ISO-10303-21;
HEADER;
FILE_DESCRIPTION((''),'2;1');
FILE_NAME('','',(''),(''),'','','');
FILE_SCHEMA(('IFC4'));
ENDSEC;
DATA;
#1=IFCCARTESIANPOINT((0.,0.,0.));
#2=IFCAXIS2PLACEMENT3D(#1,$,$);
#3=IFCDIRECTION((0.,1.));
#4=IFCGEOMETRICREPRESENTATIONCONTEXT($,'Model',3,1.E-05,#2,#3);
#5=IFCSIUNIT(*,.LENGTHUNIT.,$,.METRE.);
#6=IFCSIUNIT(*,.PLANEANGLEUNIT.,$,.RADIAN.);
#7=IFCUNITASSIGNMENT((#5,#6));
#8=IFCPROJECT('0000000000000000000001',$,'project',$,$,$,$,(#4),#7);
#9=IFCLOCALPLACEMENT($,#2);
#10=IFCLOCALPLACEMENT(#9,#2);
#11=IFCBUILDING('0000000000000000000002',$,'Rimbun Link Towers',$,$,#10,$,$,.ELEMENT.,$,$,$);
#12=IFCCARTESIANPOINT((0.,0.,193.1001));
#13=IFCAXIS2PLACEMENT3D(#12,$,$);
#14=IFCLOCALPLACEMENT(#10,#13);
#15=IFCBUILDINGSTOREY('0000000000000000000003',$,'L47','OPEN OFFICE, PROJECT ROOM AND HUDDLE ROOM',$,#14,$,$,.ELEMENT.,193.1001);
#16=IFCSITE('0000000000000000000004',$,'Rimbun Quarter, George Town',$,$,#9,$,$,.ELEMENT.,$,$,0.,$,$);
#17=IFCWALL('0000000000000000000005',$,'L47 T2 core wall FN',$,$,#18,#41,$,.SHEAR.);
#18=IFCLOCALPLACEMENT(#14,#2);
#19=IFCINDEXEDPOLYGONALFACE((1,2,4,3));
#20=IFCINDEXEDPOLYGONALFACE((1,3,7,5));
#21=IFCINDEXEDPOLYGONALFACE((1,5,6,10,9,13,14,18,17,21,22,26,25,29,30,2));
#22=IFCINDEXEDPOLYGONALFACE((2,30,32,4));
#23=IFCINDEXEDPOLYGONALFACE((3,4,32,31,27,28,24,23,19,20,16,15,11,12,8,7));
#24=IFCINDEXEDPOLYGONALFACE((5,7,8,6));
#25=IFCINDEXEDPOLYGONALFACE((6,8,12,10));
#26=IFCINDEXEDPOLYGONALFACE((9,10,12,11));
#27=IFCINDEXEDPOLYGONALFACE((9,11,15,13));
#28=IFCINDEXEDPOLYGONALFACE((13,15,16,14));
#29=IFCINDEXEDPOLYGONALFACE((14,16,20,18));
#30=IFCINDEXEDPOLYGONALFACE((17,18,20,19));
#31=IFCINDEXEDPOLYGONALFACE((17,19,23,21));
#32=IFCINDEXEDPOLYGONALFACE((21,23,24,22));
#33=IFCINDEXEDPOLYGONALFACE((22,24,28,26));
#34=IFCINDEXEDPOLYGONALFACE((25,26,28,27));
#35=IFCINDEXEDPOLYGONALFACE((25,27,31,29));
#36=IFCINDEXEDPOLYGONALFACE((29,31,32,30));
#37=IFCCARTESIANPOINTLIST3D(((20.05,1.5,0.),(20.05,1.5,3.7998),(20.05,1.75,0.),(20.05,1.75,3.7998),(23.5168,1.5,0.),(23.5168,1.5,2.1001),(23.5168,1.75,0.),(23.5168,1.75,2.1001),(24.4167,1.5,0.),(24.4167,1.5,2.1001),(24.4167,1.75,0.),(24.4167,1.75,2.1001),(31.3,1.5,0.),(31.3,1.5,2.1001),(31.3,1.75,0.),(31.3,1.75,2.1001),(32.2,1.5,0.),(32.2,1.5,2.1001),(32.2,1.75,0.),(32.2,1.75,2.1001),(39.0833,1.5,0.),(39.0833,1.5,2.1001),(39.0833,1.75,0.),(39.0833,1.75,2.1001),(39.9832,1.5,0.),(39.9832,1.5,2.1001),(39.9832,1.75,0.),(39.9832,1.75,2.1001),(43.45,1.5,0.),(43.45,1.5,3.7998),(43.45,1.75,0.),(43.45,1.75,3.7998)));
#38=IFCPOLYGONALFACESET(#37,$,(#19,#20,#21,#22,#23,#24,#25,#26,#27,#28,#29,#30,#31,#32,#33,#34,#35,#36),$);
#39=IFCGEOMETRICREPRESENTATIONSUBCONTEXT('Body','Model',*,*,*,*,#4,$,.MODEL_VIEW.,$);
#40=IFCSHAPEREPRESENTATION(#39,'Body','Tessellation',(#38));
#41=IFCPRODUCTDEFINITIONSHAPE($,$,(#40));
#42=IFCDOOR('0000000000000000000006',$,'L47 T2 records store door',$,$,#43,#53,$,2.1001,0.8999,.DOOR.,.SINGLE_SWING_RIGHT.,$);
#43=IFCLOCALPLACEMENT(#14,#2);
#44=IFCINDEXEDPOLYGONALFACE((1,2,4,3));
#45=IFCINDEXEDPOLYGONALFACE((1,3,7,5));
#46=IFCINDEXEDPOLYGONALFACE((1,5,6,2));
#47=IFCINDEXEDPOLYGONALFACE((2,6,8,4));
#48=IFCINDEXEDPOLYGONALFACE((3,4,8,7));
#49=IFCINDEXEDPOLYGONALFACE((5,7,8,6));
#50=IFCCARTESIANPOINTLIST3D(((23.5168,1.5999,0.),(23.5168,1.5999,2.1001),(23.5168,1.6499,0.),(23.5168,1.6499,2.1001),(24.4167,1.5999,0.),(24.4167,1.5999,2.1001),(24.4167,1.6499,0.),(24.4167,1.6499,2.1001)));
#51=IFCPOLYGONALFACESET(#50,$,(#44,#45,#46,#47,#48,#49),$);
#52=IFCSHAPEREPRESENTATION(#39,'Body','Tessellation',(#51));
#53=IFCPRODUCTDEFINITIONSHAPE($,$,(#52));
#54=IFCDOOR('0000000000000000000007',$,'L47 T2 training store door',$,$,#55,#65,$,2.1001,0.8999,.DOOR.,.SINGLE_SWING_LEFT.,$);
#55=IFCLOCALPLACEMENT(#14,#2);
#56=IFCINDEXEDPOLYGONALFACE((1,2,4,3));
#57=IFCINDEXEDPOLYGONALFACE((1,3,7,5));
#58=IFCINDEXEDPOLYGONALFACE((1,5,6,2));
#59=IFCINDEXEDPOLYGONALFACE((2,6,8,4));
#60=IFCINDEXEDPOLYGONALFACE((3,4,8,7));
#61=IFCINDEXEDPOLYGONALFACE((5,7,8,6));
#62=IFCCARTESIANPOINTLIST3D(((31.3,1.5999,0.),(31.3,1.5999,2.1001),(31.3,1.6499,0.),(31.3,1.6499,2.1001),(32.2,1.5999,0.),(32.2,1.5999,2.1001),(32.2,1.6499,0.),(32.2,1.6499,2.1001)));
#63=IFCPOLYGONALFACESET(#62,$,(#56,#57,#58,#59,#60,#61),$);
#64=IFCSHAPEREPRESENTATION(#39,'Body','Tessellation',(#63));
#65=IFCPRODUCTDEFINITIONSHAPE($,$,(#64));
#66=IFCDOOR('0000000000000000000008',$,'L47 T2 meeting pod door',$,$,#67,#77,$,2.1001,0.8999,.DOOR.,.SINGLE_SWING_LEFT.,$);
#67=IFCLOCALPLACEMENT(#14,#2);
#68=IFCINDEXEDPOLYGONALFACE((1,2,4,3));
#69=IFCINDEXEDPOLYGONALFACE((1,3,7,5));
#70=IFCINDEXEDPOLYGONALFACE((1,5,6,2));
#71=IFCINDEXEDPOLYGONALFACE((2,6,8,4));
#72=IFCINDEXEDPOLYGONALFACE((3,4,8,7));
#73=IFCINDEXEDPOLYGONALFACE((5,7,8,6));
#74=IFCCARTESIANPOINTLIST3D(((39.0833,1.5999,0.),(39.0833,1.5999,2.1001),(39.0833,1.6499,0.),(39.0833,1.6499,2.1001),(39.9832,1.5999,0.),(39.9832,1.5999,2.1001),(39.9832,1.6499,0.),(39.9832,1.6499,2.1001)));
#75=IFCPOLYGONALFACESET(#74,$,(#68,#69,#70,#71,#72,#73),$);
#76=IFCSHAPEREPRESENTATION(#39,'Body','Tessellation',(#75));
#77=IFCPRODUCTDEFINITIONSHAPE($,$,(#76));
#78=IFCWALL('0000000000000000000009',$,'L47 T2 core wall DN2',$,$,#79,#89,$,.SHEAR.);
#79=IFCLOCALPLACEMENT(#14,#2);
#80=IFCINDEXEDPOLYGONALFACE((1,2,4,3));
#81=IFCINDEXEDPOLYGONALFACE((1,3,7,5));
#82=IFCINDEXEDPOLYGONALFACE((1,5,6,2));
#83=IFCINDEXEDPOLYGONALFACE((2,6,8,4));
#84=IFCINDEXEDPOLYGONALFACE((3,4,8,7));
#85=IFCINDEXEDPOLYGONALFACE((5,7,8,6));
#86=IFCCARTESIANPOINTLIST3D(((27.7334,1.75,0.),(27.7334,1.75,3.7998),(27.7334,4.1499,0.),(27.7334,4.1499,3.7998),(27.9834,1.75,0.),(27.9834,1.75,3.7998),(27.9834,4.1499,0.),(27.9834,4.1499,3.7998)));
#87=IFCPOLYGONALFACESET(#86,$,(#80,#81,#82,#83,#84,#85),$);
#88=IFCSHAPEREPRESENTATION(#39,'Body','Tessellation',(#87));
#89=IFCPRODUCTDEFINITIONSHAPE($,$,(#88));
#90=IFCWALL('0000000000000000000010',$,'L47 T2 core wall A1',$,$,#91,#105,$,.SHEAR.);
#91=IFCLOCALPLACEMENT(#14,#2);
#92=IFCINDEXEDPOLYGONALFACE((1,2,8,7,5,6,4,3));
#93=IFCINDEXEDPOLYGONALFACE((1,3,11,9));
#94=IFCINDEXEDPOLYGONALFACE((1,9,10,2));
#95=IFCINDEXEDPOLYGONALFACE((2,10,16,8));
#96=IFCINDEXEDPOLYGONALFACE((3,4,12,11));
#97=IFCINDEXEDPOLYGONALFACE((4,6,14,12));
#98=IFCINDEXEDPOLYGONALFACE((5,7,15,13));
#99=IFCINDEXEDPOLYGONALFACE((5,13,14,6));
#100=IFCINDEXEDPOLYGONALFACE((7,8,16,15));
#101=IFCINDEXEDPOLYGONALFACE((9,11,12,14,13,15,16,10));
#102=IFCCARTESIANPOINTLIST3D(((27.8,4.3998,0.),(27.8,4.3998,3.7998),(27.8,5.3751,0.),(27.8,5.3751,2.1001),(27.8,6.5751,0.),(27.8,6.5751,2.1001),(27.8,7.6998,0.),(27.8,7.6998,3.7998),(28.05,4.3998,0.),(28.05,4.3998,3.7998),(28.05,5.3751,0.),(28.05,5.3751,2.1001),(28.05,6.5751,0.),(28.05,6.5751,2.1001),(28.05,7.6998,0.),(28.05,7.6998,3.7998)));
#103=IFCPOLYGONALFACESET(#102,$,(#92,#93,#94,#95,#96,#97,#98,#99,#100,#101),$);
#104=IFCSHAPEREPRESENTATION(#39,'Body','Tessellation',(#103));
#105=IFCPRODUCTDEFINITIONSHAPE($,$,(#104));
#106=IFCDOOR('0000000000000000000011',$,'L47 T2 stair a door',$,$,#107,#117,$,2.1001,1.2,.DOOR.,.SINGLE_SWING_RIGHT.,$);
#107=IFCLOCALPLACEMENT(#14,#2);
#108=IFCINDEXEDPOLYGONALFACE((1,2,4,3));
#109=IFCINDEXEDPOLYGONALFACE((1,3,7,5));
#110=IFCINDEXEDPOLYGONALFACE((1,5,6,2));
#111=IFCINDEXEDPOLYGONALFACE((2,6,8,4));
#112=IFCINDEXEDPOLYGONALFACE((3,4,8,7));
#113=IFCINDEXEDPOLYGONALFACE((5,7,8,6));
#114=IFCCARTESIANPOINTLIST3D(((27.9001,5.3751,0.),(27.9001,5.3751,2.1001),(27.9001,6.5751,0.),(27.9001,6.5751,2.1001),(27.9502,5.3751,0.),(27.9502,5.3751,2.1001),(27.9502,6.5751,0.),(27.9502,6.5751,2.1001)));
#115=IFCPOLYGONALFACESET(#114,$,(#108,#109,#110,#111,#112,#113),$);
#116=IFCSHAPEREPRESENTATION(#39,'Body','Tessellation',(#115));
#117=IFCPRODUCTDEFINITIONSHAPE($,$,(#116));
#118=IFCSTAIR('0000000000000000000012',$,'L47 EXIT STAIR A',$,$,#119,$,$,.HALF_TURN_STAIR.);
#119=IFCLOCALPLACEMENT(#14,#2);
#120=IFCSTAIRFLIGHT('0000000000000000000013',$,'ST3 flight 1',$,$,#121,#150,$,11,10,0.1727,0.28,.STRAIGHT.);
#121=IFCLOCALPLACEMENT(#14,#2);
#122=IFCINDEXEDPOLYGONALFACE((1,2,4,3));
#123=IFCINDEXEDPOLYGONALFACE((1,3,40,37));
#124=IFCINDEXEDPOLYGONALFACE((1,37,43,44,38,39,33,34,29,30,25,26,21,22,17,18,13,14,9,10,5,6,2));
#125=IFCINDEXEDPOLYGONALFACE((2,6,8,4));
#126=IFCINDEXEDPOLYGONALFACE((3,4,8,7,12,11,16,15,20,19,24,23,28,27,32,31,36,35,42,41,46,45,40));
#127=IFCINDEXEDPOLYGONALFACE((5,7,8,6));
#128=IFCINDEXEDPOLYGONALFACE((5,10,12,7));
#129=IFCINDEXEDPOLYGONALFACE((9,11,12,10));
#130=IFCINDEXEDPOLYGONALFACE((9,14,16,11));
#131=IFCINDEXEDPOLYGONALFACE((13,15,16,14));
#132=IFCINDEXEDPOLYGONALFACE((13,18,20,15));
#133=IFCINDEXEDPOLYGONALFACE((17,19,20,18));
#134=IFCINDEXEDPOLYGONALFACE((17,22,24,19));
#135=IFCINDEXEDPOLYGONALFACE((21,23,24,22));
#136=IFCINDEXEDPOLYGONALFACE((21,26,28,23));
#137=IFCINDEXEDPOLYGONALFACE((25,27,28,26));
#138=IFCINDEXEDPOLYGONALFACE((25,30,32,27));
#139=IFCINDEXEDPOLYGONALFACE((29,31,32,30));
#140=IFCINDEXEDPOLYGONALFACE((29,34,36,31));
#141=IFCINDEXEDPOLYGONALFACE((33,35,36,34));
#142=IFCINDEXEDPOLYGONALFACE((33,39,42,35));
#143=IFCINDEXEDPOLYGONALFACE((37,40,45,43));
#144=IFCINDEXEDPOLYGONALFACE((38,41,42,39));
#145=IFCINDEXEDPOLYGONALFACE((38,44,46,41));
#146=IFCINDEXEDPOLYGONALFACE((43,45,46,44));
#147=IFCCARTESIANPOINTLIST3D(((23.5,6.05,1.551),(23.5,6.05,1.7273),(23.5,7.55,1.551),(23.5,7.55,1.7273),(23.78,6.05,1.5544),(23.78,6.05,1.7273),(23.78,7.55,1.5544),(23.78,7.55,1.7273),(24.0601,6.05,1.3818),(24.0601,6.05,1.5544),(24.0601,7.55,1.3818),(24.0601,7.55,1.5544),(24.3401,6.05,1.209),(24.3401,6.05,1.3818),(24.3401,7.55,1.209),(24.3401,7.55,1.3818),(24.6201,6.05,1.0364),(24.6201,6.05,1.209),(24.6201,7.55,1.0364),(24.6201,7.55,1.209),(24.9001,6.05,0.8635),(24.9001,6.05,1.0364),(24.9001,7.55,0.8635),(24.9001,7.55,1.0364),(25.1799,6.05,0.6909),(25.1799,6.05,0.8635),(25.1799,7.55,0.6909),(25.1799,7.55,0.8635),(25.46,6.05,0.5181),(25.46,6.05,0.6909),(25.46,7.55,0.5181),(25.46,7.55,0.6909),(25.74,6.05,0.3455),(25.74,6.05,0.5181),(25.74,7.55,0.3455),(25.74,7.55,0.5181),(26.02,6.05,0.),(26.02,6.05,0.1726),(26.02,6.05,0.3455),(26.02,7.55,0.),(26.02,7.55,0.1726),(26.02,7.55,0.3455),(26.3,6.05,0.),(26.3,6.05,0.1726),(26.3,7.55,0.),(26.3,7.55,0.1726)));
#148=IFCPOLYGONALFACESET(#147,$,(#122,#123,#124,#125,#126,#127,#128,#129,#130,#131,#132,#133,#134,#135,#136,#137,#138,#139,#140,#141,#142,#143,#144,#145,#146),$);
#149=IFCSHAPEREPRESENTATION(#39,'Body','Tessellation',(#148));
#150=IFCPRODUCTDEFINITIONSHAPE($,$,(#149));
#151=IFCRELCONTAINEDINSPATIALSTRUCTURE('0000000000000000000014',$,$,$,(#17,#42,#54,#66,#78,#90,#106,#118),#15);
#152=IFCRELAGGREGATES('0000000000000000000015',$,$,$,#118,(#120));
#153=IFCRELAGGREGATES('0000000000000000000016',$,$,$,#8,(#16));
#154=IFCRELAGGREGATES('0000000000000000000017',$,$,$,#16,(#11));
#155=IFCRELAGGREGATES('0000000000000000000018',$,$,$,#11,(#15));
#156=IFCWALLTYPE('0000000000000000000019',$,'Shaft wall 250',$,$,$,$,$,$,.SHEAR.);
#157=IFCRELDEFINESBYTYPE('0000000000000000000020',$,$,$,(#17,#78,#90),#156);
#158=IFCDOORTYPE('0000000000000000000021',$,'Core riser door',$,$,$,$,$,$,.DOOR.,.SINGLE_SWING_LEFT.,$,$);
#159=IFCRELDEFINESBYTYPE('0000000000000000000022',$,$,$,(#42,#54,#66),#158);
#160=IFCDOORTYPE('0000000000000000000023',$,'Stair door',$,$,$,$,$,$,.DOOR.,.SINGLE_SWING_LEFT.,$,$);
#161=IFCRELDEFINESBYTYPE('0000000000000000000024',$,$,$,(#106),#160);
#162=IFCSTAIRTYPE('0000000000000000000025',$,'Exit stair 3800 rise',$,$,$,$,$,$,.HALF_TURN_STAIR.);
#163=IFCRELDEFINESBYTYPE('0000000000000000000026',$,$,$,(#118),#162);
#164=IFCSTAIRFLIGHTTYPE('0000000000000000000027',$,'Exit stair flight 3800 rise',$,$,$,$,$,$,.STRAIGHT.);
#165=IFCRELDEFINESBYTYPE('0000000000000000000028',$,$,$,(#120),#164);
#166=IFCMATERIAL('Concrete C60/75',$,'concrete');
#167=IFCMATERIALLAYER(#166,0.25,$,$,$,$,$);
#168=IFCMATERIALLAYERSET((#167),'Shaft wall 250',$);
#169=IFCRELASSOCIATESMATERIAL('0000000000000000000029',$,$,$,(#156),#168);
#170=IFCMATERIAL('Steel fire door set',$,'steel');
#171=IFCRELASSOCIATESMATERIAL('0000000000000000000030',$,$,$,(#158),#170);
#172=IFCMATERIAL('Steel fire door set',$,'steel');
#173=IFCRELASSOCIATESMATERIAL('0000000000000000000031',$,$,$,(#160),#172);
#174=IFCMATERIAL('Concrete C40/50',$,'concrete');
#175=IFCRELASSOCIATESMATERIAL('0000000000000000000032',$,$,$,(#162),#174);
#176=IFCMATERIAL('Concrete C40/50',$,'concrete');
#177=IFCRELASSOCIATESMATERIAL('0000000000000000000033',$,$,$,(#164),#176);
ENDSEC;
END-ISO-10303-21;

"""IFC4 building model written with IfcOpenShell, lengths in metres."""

from ifc_helpers import new_model, si_unit, direction, frame, frame_2d, origin, place, context, subcontext, project, spatial, polyline, rectangle, outline, extrude, material, layer, layer_set, type_object, element, fill, aggregate, save


model = new_model("IFC4")

# Units and contexts
model_context = context("Model", 3, precision=1e-05, world=origin(), true_north=direction((0.0, 1.0)))
body_context = subcontext(model_context, "Body", "Model", "MODEL_VIEW")
ifc_project = project(units=[si_unit("LENGTHUNIT", "METRE"), si_unit("PLANEANGLEUNIT", "RADIAN")], contexts=[model_context])

# Site, building, storey
site_placement = place(None, origin())
site = spatial("IfcSite", under=ifc_project, at=site_placement, Name="Rimbun Quarter, George Town", CompositionType="ELEMENT", RefElevation=0.0)
building_placement = place(site_placement, origin())
building = spatial("IfcBuilding", under=site, at=building_placement, Name="Rimbun Link Towers", CompositionType="ELEMENT")
storey_placement = place(building_placement, frame((0.0, 0.0, 193.1001)))
storey = spatial("IfcBuildingStorey", under=building, at=storey_placement, Name="L47", Description="OPEN OFFICE, PROJECT ROOM AND HUDDLE ROOM", CompositionType="ELEMENT", Elevation=193.1001)

# Shared definitions
ifc_material_1 = material(Name="Concrete C60/75", Category="concrete")
ifc_layer = layer(ifc_material_1, 0.25)
ifc_layer_set = layer_set([ifc_layer], Name="Shaft wall 250")
wall_type = type_object("IfcWallType", Name="Shaft wall 250", PredefinedType="SHEAR", material=ifc_layer_set)

# Wall, openings, doors
wall_1_placement = place(storey_placement, frame((20.05, 1.625, 0.0), z_axis=(0.0, 0.0, 1.0), x_axis=(1.0, 0.0, 0.0)))
wall_1 = element("IfcWall", 1, at=wall_1_placement, inside=storey, type_object=wall_type, Name="L47 T2 core wall FN", PredefinedType="SHEAR", context=body_context, shape_type="SweptSolid", body=[
    extrude(rectangle(XDim=23.3999, YDim=0.25, at=frame_2d((11.7, 0.0))), origin(), (0.0, 0.0, 1.0), 3.7998),
])
opening_1_placement = place(wall_1_placement, frame((3.4668, 0.0, 0.0)))
opening_1 = element("IfcOpeningElement", 2, at=opening_1_placement, cuts=wall_1, PredefinedType="OPENING", context=body_context, shape_type="SweptSolid", body=[
    extrude(rectangle(XDim=0.8999, YDim=2.1001, at=frame_2d((0.45, 1.05))), frame((0.0, 0.135, 0.0), z_axis=(0.0, -1.0, 0.0), x_axis=(1.0, 0.0, 0.0)), (0.0, 0.0, 1.0), 0.27),
])
opening_2_placement = place(wall_1_placement, frame((11.25, 0.0, 0.0)))
opening_2 = element("IfcOpeningElement", 3, at=opening_2_placement, cuts=wall_1, PredefinedType="OPENING", context=body_context, shape_type="SweptSolid", body=[
    extrude(rectangle(XDim=0.8999, YDim=2.1001, at=frame_2d((0.45, 1.05))), frame((0.0, 0.135, 0.0), z_axis=(0.0, -1.0, 0.0), x_axis=(1.0, 0.0, 0.0)), (0.0, 0.0, 1.0), 0.27),
])
opening_3_placement = place(wall_1_placement, frame((19.0332, 0.0, 0.0)))
opening_3 = element("IfcOpeningElement", 4, at=opening_3_placement, cuts=wall_1, PredefinedType="OPENING", context=body_context, shape_type="SweptSolid", body=[
    extrude(rectangle(XDim=0.8999, YDim=2.1001, at=frame_2d((0.45, 1.05))), frame((0.0, 0.135, 0.0), z_axis=(0.0, -1.0, 0.0), x_axis=(1.0, 0.0, 0.0)), (0.0, 0.0, 1.0), 0.27),
])
ifc_material_2 = material(Name="Steel fire door set", Category="steel")
door_type_1 = type_object("IfcDoorType", Name="Core riser door", OperationType="SINGLE_SWING_LEFT", PredefinedType="DOOR", material=ifc_material_2)
door_1_placement = place(opening_1_placement, origin())
door_1 = element("IfcDoor", 5, at=door_1_placement, inside=storey, type_object=door_type_1, Name="L47 T2 records store door", OperationType="SINGLE_SWING_RIGHT", OverallHeight=2.1001, OverallWidth=0.8999, PredefinedType="DOOR", context=body_context, shape_type="SweptSolid", body=[
    extrude(rectangle(XDim=0.8999, YDim=2.1001, at=frame_2d((0.45, 1.05))), frame((0.0, 0.0249, 0.0), z_axis=(0.0, -1.0, 0.0), x_axis=(1.0, 0.0, 0.0)), (0.0, 0.0, 1.0), 0.05),
])
fill(opening_1, door_1)
door_2_placement = place(opening_2_placement, origin())
door_2 = element("IfcDoor", 6, at=door_2_placement, inside=storey, type_object=door_type_1, Name="L47 T2 training store door", OperationType="SINGLE_SWING_LEFT", OverallHeight=2.1001, OverallWidth=0.8999, PredefinedType="DOOR", context=body_context, shape_type="SweptSolid", body=[
    extrude(rectangle(XDim=0.8999, YDim=2.1001, at=frame_2d((0.45, 1.05))), frame((0.0, 0.0249, 0.0), z_axis=(0.0, -1.0, 0.0), x_axis=(1.0, 0.0, 0.0)), (0.0, 0.0, 1.0), 0.05),
])
fill(opening_2, door_2)
door_3_placement = place(opening_3_placement, origin())
door_3 = element("IfcDoor", 7, at=door_3_placement, inside=storey, type_object=door_type_1, Name="L47 T2 meeting pod door", OperationType="SINGLE_SWING_LEFT", OverallHeight=2.1001, OverallWidth=0.8999, PredefinedType="DOOR", context=body_context, shape_type="SweptSolid", body=[
    extrude(rectangle(XDim=0.8999, YDim=2.1001, at=frame_2d((0.45, 1.05))), frame((0.0, 0.0249, 0.0), z_axis=(0.0, -1.0, 0.0), x_axis=(1.0, 0.0, 0.0)), (0.0, 0.0, 1.0), 0.05),
])
fill(opening_3, door_3)

# Wall
wall_2_placement = place(storey_placement, frame((27.8584, 1.75, 0.0), z_axis=(0.0, 0.0, 1.0), x_axis=(0.0, 1.0, 0.0)))
element("IfcWall", 8, at=wall_2_placement, inside=storey, type_object=wall_type, Name="L47 T2 core wall DN2", PredefinedType="SHEAR", context=body_context, shape_type="SweptSolid", body=[
    extrude(rectangle(XDim=2.3999, YDim=0.25, at=frame_2d((1.2, 0.0))), origin(), (0.0, 0.0, 1.0), 3.7998),
])

# Wall, opening, door
wall_3_placement = place(storey_placement, frame((27.925, 4.3999, 0.0), z_axis=(0.0, 0.0, 1.0), x_axis=(0.0, 1.0, 0.0)))
wall_3 = element("IfcWall", 9, at=wall_3_placement, inside=storey, type_object=wall_type, Name="L47 T2 core wall A1", PredefinedType="SHEAR", context=body_context, shape_type="SweptSolid", body=[
    extrude(rectangle(XDim=3.3, YDim=0.25, at=frame_2d((1.6499, 0.0))), origin(), (0.0, 0.0, 1.0), 3.7998),
])
opening_4_placement = place(wall_3_placement, frame((0.9751, 0.0, 0.0)))
opening_4 = element("IfcOpeningElement", 10, at=opening_4_placement, cuts=wall_3, PredefinedType="OPENING", context=body_context, shape_type="SweptSolid", body=[
    extrude(rectangle(XDim=1.2, YDim=2.1001, at=frame_2d((0.6001, 1.05))), frame((0.0, 0.135, 0.0), z_axis=(0.0, -1.0, 0.0), x_axis=(1.0, 0.0, 0.0)), (0.0, 0.0, 1.0), 0.27),
])
ifc_material_3 = material(Name="Steel fire door set", Category="steel")
door_type_2 = type_object("IfcDoorType", Name="Stair door", OperationType="SINGLE_SWING_LEFT", PredefinedType="DOOR", material=ifc_material_3)
door_4_placement = place(opening_4_placement, origin())
door_4 = element("IfcDoor", 11, at=door_4_placement, inside=storey, type_object=door_type_2, Name="L47 T2 stair a door", OperationType="SINGLE_SWING_RIGHT", OverallHeight=2.1001, OverallWidth=1.2, PredefinedType="DOOR", context=body_context, shape_type="SweptSolid", body=[
    extrude(rectangle(XDim=1.2, YDim=2.1001, at=frame_2d((0.6001, 1.05))), frame((0.0, 0.0249, 0.0), z_axis=(0.0, -1.0, 0.0), x_axis=(1.0, 0.0, 0.0)), (0.0, 0.0, 1.0), 0.05),
])
fill(opening_4, door_4)

# Stair, stair flight
ifc_material_4 = material(Name="Concrete C40/50", Category="concrete")
stair_type = type_object("IfcStairType", Name="Exit stair 3800 rise", PredefinedType="HALF_TURN_STAIR", material=ifc_material_4)
stair_placement = place(storey_placement, origin())
stair = element("IfcStair", 12, at=stair_placement, inside=storey, type_object=stair_type, Name="L47 EXIT STAIR A", PredefinedType="HALF_TURN_STAIR")
ifc_material_5 = material(Name="Concrete C40/50", Category="concrete")
stair_flight_type = type_object("IfcStairFlightType", Name="Exit stair flight 3800 rise", PredefinedType="STRAIGHT", material=ifc_material_5)
stair_flight_1_placement = place(storey_placement, frame((26.3, 6.8, 0.0), z_axis=(0.0, 0.0, 1.0), x_axis=(-1.0, 0.0, 0.0)))
stair_flight_1 = element("IfcStairFlight", 13, at=stair_flight_1_placement, type_object=stair_flight_type, Name="ST3 flight 1", NumberOfRisers=11, NumberOfTreads=10, PredefinedType="STRAIGHT", RiserHeight=0.1727, TreadLength=0.28, context=body_context, shape_type="SweptSolid", body=[
    extrude(outline(polyline([(0.0, 0.0), (0.0, 0.1726), (0.28, 0.1726), (0.28, 0.3455), (0.5601, 0.3455), (0.5601, 0.5181), (0.8401, 0.5181), (0.8401, 0.6909), (1.1201, 0.6909), (1.1201, 0.8635), (1.3999, 0.8635), (1.3999, 1.0364), (1.6799, 1.0364), (1.6799, 1.209), (1.96, 1.209), (1.96, 1.3818), (2.24, 1.3818), (2.24, 1.5544), (2.52, 1.5544), (2.52, 1.7273), (2.8, 1.7273), (2.8, 1.8999), (2.8, 1.551), (0.28, 0.0), (0.0, 0.0)])), frame((0.0, 0.75, 0.0), z_axis=(0.0, -1.0, 0.0), x_axis=(1.0, 0.0, 0.0)), (0.0, 0.0, 1.0), 1.5),
])
aggregate(stair, [stair_flight_1])

save(model, "model.ifc")
